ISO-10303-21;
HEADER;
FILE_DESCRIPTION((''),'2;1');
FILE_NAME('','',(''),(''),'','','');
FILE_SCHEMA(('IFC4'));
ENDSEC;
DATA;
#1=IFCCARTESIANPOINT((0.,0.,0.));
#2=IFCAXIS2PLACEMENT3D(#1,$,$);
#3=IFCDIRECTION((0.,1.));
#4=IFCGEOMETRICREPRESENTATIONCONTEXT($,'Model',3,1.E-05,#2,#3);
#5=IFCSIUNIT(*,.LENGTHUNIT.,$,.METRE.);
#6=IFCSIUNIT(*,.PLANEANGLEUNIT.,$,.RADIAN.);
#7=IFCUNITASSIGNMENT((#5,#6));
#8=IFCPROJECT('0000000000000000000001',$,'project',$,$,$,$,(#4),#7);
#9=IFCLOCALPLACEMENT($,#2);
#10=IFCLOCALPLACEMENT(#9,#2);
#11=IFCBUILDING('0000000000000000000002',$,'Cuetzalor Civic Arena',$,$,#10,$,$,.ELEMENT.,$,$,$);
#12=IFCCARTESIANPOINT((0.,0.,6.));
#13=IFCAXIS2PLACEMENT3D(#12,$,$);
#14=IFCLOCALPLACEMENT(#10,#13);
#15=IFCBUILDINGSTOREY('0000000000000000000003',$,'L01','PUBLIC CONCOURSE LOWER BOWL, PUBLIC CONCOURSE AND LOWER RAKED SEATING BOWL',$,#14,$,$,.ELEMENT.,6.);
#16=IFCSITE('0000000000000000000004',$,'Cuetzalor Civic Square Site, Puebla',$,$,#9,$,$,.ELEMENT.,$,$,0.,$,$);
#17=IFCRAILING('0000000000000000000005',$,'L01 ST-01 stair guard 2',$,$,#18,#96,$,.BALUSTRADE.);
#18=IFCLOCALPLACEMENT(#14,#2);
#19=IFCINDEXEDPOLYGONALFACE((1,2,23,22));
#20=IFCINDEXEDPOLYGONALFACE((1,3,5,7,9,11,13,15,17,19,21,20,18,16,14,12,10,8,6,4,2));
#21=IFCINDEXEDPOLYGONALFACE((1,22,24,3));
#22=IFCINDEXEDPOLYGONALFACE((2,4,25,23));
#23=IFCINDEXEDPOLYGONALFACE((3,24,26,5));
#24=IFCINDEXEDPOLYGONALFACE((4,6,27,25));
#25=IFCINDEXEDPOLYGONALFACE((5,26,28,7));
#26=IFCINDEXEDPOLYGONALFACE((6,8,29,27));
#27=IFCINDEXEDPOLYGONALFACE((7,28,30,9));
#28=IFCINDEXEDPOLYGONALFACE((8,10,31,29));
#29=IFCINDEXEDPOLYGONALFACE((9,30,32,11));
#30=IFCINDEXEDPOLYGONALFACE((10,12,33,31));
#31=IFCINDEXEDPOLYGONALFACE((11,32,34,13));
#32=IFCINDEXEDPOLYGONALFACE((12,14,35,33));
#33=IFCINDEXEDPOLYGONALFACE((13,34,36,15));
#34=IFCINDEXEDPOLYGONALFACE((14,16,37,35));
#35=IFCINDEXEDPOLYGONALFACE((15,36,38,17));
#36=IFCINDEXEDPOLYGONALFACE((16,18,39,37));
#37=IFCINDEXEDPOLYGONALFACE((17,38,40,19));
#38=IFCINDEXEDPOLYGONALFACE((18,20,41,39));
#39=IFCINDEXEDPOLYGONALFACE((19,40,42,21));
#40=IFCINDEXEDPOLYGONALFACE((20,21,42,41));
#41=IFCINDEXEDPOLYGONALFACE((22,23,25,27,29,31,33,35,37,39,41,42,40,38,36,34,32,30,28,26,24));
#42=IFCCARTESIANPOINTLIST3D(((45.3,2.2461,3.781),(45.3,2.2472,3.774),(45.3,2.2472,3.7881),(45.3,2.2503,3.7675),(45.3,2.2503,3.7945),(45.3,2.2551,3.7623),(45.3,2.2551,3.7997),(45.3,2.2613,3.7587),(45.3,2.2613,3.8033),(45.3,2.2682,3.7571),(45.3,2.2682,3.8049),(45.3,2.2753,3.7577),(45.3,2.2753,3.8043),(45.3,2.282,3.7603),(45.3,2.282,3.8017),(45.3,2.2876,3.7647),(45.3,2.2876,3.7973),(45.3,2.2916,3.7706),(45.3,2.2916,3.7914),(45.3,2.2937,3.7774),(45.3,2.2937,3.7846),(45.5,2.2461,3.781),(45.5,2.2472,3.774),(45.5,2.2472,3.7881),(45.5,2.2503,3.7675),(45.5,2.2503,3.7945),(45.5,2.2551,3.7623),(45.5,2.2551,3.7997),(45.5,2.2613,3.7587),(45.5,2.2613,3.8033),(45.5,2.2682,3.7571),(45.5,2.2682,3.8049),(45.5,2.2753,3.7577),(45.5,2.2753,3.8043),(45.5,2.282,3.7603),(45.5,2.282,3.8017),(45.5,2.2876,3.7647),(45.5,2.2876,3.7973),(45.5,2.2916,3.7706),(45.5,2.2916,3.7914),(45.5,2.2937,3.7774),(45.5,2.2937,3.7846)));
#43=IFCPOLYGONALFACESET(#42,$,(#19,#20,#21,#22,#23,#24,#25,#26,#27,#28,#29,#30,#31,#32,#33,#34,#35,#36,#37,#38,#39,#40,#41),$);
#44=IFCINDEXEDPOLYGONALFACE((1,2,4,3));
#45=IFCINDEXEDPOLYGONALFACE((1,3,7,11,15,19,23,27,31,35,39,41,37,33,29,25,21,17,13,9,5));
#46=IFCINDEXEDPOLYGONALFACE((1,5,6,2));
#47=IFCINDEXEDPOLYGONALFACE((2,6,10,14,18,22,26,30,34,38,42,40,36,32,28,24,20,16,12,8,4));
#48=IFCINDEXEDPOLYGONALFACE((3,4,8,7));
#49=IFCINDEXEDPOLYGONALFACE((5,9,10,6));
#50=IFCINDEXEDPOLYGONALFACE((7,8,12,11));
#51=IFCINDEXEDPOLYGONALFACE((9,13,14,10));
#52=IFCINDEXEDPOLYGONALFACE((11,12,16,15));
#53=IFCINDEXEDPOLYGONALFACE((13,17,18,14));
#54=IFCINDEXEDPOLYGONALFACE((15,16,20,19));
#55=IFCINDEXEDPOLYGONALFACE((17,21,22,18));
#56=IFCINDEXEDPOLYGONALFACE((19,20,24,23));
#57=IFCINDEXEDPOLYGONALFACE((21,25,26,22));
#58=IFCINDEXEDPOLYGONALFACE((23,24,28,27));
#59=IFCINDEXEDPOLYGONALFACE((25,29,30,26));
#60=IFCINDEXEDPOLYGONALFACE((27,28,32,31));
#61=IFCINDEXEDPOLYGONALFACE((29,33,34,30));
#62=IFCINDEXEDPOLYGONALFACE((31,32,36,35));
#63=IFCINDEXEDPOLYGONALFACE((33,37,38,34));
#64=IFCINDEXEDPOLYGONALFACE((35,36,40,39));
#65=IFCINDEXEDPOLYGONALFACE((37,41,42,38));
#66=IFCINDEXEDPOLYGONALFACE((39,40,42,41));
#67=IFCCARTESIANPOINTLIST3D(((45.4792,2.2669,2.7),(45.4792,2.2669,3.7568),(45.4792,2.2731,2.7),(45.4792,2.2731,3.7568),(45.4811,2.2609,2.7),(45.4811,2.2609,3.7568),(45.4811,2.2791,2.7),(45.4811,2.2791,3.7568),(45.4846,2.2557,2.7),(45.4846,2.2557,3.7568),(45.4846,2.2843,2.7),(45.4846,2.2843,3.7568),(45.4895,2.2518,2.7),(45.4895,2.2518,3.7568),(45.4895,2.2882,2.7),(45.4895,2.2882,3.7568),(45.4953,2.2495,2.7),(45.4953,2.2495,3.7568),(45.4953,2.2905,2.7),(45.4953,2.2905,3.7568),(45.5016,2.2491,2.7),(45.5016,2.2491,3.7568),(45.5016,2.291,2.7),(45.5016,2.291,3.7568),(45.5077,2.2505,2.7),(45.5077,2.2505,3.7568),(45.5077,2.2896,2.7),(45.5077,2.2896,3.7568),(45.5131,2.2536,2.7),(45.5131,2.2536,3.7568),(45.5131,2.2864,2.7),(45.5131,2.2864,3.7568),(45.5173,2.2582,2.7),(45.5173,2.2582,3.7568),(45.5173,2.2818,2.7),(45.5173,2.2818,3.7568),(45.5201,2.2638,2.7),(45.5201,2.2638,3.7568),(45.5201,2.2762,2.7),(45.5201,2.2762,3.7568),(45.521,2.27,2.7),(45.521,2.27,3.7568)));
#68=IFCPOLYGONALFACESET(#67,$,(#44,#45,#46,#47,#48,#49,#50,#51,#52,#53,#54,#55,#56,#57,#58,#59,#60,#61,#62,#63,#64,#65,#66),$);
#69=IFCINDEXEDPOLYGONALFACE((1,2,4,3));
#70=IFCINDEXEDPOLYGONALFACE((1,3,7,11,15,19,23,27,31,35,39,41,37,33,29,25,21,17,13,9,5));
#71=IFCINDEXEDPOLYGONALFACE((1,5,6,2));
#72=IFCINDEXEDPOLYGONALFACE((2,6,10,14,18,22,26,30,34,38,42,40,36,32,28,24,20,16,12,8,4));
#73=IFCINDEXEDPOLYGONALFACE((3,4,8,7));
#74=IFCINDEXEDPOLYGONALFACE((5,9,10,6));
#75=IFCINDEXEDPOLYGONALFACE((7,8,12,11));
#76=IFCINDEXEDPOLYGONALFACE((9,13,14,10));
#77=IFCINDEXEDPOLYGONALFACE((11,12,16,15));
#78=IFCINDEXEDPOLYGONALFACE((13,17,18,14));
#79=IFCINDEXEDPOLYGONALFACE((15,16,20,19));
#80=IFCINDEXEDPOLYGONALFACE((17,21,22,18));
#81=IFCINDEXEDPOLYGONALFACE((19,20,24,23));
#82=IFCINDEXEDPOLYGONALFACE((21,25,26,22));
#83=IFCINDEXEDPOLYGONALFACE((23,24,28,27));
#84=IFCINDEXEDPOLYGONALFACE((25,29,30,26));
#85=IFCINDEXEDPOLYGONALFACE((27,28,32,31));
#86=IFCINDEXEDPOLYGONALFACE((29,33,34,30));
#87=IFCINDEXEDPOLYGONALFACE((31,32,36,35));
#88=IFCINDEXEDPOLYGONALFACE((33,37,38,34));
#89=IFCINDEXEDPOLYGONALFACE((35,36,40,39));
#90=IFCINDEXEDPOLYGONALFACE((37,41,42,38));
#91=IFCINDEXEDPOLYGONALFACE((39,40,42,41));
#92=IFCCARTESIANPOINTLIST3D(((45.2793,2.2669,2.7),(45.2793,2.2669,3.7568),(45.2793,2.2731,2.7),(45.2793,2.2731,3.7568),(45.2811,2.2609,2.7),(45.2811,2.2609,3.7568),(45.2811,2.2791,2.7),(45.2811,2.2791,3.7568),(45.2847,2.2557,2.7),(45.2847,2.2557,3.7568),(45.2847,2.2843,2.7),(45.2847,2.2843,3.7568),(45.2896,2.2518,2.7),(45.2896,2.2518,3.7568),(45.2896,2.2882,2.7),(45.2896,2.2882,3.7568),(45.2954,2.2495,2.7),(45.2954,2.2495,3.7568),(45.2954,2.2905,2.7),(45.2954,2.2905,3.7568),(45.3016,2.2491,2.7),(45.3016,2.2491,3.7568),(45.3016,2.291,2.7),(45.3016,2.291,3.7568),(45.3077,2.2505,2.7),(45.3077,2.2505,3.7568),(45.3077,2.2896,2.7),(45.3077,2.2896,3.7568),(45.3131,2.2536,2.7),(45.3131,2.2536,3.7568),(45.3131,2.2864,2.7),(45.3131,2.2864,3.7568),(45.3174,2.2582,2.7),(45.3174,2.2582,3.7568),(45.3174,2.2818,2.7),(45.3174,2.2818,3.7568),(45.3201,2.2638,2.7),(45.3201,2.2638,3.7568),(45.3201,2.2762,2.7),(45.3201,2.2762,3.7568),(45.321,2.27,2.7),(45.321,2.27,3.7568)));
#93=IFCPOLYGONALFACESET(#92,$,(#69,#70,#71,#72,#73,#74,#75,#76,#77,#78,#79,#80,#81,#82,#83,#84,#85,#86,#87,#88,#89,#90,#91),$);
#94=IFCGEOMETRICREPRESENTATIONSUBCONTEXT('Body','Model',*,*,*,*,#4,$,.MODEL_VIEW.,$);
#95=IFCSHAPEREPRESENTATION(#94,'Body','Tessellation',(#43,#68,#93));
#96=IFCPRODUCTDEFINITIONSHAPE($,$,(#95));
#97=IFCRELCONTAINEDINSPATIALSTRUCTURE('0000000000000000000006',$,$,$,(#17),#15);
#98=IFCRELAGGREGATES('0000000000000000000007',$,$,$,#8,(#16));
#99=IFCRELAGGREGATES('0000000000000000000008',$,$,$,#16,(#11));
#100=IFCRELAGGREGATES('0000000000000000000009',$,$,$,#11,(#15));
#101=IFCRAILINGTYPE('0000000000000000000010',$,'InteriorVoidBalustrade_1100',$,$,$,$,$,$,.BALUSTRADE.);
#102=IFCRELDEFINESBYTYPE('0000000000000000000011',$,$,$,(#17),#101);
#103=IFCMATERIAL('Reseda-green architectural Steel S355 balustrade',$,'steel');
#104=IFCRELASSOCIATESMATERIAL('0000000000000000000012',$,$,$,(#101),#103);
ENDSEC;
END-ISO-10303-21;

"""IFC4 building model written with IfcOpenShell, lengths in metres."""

from ifc_helpers import new_model, si_unit, direction, frame, origin, origin_2d, place, context, subcontext, project, spatial, circle, extrude, material, type_object, element, save


model = new_model("IFC4")

# Units and contexts
model_context = context("Model", 3, precision=1e-05, world=origin(), true_north=direction((0.0, 1.0)))
body_context = subcontext(model_context, "Body", "Model", "MODEL_VIEW")
ifc_project = project(units=[si_unit("LENGTHUNIT", "METRE"), si_unit("PLANEANGLEUNIT", "RADIAN")], contexts=[model_context])

# Site, building, storey
site_placement = place(None, origin())
site = spatial("IfcSite", under=ifc_project, at=site_placement, Name="Cuetzalor Civic Square Site, Puebla", CompositionType="ELEMENT", RefElevation=0.0)
building_placement = place(site_placement, origin())
building = spatial("IfcBuilding", under=site, at=building_placement, Name="Cuetzalor Civic Arena", CompositionType="ELEMENT")
storey_placement = place(building_placement, frame((0.0, 0.0, 6.0)))
storey = spatial("IfcBuildingStorey", under=building, at=storey_placement, Name="L01", Description="PUBLIC CONCOURSE LOWER BOWL, PUBLIC CONCOURSE AND LOWER RAKED SEATING BOWL", CompositionType="ELEMENT", Elevation=6.0)

# Railing
ifc_material_1 = material(Name="Reseda-green architectural Steel S355 balustrade", Category="steel")
railing_type_1 = type_object("IfcRailingType", Name="InteriorVoidBalustrade_1100", PredefinedType="BALUSTRADE", material=ifc_material_1)
railing_1_placement = place(storey_placement, frame((45.5, 2.27, 2.7)))
element("IfcRailing", 1, at=railing_1_placement, inside=storey, type_object=railing_type_1, Name="L01 ST-01 stair guard 2", PredefinedType="BALUSTRADE", context=body_context, shape_type="SweptSolid", body=[
    extrude(circle(Radius=0.0239, at=origin_2d()), frame((0.0, 0.0, 1.0811), z_axis=(-1.0, 0.0, 0.0), x_axis=(0.0, -1.0, 0.0)), (0.0, 0.0, 1.0), 0.2),
    extrude(circle(Radius=0.021, at=origin_2d()), origin(), (0.0, 0.0, 1.0), 1.0569),
    extrude(circle(Radius=0.021, at=origin_2d()), frame((-0.2, 0.0, 0.0)), (0.0, 0.0, 1.0), 1.0569),
])

save(model, "model.ifc")
